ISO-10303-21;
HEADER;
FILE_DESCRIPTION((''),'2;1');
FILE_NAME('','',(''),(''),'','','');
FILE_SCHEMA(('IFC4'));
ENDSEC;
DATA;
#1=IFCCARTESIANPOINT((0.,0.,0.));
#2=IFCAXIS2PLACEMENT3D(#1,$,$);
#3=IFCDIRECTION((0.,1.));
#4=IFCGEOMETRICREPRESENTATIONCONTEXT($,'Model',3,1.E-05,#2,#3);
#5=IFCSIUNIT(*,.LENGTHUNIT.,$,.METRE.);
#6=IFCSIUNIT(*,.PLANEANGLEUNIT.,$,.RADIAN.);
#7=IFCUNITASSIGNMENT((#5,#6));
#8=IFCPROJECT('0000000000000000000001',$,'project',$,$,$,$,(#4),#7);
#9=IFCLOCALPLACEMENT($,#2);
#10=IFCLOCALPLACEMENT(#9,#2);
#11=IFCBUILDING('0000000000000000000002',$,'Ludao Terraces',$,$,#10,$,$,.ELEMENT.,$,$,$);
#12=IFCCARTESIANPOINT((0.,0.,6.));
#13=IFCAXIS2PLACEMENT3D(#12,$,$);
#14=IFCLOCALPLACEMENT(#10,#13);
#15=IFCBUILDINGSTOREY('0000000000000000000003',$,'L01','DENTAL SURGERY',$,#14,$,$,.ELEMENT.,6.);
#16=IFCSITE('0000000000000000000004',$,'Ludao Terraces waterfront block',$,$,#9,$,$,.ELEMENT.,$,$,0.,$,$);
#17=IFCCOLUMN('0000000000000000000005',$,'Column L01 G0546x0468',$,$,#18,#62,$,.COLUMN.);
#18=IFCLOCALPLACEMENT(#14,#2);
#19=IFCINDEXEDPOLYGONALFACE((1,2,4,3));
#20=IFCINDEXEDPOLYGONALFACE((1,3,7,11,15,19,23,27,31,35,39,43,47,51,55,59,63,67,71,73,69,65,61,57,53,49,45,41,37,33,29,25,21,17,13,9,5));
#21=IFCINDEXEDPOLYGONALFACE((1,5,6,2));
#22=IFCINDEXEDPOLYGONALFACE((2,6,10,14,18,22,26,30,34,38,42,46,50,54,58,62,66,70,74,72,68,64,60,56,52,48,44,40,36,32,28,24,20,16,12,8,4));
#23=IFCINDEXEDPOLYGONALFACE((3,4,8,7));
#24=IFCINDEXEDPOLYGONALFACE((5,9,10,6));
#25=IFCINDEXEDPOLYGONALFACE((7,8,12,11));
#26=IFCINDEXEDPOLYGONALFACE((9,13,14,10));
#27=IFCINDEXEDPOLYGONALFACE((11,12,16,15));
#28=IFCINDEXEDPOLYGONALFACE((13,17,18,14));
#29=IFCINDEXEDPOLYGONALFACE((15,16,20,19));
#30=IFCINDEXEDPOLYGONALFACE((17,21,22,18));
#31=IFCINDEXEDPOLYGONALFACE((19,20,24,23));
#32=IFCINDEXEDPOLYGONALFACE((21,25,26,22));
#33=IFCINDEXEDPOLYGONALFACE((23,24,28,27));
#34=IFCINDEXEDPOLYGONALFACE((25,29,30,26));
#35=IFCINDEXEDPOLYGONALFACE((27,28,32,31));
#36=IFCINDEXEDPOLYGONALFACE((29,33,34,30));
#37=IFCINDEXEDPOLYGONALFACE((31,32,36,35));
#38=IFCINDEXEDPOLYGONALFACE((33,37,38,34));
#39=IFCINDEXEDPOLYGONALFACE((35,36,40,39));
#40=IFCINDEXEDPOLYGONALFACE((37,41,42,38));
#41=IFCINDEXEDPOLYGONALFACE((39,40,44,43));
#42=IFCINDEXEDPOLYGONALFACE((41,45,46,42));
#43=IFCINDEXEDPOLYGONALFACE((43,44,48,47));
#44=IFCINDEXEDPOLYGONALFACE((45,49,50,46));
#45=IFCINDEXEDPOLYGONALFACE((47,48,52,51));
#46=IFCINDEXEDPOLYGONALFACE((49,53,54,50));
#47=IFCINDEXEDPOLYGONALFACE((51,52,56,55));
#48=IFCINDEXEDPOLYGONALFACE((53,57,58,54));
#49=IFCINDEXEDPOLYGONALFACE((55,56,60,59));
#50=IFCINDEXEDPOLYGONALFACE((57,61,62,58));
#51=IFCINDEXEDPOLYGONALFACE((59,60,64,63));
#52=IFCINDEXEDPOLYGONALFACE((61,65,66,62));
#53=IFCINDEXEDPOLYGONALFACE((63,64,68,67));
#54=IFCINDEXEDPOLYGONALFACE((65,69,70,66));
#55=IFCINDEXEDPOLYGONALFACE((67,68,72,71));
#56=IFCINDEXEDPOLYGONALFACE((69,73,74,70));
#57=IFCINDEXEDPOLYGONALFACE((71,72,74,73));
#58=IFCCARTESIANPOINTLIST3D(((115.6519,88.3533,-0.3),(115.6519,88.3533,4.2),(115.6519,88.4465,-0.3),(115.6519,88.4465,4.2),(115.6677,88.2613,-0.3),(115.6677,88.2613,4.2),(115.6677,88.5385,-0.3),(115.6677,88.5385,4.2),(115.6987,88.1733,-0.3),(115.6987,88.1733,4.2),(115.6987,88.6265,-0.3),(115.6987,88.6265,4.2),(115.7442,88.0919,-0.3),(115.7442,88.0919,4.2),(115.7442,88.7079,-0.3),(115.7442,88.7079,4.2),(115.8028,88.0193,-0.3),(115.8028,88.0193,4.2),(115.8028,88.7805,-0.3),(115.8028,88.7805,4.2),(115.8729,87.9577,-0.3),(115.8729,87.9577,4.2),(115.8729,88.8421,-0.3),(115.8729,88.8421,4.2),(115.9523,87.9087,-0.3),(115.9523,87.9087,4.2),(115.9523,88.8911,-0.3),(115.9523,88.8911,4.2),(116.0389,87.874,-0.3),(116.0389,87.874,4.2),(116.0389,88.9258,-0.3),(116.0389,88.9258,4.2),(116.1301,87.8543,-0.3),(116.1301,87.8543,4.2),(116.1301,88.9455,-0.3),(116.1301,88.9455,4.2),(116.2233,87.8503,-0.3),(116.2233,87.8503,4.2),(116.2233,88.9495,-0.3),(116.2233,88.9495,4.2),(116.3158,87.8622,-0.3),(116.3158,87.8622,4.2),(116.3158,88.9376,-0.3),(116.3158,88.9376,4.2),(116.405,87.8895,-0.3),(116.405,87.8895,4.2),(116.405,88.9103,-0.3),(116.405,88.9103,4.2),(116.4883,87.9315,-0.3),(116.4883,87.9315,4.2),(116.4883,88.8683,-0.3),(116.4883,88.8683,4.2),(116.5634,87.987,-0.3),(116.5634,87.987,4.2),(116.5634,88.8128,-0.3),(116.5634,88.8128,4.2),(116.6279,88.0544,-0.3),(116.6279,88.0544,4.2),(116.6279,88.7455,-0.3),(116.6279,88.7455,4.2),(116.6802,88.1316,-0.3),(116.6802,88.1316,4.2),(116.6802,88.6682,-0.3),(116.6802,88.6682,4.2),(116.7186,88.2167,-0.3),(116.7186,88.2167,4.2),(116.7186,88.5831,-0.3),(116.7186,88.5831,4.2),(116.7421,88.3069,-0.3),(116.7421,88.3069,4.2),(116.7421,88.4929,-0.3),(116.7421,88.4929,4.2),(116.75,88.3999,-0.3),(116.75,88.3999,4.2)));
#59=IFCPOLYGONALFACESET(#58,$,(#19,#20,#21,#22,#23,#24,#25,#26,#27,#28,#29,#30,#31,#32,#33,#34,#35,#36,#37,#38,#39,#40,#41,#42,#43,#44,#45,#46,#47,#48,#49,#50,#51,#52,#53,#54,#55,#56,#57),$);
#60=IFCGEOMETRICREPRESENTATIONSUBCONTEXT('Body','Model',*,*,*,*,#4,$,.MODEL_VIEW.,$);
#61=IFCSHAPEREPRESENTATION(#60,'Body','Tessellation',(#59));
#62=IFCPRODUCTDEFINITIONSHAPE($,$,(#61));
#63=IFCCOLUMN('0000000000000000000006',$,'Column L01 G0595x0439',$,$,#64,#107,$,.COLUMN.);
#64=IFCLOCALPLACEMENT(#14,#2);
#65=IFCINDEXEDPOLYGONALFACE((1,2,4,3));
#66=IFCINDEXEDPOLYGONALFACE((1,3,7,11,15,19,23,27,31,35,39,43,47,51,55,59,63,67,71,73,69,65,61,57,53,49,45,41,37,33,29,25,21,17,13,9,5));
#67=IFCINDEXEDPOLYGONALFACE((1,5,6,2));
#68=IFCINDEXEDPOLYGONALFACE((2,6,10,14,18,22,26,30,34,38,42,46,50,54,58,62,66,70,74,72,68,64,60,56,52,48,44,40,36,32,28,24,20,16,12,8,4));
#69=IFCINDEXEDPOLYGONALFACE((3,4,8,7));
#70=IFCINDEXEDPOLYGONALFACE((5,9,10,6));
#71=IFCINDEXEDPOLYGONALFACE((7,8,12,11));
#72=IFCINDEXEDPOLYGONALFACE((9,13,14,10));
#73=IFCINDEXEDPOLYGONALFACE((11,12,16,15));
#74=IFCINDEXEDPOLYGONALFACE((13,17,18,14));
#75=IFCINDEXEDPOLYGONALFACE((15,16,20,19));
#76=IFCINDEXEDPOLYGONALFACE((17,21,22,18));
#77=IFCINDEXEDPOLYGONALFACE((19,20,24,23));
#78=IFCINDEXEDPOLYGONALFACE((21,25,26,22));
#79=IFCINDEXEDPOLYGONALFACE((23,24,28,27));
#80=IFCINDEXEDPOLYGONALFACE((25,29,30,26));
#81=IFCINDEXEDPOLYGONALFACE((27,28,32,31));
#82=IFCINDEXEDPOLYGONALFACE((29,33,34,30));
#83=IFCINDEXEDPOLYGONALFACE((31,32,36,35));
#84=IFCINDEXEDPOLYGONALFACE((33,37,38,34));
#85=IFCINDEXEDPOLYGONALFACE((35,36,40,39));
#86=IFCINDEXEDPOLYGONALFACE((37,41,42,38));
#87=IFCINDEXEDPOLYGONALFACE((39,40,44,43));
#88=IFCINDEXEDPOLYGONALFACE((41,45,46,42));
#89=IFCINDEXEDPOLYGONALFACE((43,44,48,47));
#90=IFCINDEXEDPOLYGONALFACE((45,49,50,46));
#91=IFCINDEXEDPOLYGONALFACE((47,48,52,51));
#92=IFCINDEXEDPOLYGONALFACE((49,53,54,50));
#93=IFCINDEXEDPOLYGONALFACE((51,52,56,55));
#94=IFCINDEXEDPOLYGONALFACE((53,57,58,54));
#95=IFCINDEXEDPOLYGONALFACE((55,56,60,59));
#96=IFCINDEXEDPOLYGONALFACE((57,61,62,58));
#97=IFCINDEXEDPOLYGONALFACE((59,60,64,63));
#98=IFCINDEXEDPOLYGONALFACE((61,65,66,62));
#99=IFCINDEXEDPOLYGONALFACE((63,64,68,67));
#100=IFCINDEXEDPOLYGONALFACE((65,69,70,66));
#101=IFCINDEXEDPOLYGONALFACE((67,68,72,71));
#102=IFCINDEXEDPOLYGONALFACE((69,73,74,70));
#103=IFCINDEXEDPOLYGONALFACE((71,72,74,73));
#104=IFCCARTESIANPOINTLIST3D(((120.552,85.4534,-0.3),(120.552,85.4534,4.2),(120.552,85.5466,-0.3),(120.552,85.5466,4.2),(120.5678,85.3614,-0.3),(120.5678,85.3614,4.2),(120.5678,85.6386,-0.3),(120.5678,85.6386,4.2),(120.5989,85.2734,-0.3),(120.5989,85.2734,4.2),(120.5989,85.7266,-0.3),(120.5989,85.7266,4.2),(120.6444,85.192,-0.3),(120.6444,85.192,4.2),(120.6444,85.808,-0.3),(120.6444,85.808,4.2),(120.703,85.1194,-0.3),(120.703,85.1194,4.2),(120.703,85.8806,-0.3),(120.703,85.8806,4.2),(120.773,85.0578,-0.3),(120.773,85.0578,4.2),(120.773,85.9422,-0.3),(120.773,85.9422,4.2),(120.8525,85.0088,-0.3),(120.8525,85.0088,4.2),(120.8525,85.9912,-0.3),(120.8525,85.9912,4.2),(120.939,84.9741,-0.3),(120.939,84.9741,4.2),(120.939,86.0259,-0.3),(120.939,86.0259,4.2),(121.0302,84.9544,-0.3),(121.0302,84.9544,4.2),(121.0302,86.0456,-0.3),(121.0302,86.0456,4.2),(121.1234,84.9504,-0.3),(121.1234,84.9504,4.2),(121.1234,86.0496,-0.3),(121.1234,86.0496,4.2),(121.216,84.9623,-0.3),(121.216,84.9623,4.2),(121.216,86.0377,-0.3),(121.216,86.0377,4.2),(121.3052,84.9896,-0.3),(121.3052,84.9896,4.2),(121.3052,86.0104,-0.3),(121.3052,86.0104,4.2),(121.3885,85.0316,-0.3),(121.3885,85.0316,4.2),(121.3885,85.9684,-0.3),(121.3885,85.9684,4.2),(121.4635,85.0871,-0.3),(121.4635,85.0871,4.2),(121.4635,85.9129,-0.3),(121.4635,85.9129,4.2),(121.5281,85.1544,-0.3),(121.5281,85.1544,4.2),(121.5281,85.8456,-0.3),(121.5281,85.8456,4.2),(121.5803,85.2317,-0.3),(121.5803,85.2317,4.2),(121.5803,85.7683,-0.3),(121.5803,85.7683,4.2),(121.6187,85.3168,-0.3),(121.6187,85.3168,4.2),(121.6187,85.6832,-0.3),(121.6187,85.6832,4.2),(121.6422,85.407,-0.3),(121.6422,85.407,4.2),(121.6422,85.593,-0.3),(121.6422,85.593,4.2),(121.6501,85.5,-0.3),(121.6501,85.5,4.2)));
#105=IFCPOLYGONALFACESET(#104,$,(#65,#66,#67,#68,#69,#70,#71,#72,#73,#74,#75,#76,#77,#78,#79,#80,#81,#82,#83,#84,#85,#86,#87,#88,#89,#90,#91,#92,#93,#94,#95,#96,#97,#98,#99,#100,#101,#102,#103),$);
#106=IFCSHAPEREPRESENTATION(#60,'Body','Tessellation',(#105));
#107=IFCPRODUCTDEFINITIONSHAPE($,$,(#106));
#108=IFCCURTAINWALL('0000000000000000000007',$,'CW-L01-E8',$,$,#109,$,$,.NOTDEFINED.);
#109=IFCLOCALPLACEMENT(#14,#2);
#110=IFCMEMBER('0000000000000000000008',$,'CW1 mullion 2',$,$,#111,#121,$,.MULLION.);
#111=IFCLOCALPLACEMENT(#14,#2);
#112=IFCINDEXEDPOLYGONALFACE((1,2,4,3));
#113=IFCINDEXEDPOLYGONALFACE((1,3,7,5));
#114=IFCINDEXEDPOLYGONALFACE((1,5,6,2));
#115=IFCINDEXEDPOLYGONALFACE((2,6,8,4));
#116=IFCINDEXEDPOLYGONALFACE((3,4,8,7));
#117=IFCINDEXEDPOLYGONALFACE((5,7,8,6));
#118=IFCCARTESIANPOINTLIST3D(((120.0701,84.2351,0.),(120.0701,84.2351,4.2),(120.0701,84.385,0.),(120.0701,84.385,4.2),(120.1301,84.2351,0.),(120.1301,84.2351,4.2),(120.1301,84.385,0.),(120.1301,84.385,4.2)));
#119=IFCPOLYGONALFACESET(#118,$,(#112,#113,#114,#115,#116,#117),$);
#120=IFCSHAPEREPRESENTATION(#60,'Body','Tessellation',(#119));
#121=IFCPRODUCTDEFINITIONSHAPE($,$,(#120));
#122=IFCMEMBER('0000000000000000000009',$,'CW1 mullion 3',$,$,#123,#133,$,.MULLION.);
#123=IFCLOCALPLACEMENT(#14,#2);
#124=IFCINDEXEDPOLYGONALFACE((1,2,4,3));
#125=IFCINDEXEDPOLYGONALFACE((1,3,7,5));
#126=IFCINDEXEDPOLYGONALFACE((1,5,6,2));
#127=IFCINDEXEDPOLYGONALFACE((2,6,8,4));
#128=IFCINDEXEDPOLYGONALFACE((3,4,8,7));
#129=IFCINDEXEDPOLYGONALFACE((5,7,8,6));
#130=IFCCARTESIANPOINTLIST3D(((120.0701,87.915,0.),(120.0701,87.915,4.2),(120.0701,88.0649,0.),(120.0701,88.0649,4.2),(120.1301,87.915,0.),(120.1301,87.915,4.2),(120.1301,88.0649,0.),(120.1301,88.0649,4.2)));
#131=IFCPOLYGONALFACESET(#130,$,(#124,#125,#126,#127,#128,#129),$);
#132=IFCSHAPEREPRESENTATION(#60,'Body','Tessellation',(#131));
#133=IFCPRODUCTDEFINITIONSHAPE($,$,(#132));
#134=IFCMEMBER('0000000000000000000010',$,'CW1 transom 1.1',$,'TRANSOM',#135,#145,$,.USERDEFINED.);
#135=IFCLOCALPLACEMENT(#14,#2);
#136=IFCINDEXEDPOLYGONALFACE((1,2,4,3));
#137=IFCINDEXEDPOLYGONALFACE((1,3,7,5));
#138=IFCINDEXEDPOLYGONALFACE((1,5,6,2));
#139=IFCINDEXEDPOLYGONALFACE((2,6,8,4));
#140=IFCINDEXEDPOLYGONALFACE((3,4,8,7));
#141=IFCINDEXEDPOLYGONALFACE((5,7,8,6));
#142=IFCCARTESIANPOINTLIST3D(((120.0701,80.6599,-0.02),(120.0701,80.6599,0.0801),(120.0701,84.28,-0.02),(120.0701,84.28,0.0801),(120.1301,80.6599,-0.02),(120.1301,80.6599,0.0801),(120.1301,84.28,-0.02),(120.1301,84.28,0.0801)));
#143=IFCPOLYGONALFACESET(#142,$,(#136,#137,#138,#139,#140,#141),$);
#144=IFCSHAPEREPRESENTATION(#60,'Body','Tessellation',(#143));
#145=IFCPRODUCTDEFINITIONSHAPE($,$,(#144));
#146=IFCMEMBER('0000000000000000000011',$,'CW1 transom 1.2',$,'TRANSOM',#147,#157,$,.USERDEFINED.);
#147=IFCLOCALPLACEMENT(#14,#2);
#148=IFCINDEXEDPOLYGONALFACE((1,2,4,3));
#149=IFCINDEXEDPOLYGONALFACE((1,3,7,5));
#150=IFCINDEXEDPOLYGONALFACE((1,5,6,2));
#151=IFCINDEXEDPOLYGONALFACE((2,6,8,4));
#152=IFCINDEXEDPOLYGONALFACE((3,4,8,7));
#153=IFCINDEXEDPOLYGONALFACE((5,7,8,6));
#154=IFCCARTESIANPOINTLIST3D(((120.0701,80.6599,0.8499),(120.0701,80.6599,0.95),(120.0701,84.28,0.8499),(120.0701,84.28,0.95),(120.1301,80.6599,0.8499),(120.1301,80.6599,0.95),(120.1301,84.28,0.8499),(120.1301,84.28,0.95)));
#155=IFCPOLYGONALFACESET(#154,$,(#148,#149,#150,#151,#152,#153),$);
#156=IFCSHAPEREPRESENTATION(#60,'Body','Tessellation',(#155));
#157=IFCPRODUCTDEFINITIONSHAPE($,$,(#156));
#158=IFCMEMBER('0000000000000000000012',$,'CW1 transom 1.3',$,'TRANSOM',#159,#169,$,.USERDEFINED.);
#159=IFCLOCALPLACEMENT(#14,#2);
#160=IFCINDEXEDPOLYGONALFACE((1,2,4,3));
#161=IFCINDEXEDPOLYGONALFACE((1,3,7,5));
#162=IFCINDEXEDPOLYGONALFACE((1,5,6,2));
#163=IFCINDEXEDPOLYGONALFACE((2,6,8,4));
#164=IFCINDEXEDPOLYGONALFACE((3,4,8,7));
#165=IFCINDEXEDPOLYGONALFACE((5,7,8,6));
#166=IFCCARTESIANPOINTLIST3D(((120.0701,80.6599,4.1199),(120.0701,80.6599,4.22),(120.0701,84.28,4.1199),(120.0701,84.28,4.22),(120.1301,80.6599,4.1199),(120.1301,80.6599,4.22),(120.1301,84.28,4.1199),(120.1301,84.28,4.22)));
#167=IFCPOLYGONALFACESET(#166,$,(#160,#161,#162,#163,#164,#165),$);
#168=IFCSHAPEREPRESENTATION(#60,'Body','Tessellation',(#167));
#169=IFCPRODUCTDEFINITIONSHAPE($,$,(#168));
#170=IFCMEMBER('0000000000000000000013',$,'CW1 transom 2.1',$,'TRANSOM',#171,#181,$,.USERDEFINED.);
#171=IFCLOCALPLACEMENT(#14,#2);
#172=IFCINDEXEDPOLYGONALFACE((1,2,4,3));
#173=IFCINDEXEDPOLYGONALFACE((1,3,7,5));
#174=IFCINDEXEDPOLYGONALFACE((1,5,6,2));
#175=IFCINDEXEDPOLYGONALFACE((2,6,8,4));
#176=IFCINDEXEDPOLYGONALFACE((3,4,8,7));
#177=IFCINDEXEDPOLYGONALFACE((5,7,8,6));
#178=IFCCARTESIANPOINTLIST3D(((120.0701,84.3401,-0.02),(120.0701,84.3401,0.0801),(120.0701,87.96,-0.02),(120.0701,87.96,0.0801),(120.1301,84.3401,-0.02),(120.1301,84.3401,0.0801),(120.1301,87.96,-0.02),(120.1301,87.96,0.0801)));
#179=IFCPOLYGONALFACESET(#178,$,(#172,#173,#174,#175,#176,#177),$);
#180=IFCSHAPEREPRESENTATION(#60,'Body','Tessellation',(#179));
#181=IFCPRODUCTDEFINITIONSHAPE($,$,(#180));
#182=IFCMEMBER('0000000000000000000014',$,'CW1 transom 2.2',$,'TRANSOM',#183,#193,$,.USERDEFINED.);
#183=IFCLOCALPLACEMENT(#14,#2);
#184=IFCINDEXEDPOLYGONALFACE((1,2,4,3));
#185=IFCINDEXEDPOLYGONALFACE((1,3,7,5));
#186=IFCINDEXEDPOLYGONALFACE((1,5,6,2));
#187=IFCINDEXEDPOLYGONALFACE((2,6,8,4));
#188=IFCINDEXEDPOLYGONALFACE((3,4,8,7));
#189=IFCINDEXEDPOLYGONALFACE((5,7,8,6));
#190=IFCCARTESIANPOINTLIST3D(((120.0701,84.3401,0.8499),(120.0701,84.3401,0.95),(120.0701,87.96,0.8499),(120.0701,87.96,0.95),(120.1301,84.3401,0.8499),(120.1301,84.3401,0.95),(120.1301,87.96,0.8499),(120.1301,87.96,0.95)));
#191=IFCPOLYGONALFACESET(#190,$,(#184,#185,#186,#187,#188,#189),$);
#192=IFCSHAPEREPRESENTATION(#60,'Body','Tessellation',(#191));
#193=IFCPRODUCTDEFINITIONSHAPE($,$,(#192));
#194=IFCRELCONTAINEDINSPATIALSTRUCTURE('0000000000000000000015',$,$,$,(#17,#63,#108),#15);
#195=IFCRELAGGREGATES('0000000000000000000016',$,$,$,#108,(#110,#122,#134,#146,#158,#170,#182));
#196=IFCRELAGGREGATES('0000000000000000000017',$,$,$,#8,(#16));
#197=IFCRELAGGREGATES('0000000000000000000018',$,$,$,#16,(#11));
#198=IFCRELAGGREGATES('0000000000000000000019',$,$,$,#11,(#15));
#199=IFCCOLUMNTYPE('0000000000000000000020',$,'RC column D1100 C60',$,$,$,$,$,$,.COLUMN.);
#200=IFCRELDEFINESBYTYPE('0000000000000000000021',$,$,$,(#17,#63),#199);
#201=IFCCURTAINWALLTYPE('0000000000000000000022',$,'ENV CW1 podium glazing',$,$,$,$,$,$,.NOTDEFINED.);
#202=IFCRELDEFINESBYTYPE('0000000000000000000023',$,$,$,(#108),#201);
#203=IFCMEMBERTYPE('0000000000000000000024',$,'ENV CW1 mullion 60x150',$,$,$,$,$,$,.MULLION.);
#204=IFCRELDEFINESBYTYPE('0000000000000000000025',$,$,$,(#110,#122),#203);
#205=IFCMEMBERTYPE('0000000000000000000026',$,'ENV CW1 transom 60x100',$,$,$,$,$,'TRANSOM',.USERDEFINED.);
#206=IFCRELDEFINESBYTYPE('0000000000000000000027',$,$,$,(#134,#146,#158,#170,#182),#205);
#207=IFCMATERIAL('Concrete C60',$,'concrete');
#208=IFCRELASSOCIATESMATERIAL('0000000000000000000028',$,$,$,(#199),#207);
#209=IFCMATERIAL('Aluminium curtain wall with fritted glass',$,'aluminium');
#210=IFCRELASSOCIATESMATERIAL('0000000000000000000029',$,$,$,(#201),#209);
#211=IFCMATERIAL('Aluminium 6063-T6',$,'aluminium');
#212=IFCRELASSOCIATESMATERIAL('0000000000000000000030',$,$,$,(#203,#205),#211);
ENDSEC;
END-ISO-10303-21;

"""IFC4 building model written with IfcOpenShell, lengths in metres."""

from ifc_helpers import new_model, si_unit, direction, frame, origin, origin_2d, place, context, subcontext, project, spatial, rectangle, circle, extrude, material, material_profile, profile_set, type_object, element, aggregate, save


model = new_model("IFC4")

# Units and contexts
model_context = context("Model", 3, precision=1e-05, world=origin(), true_north=direction((0.0, 1.0)))
body_context = subcontext(model_context, "Body", "Model", "MODEL_VIEW")
ifc_project = project(units=[si_unit("LENGTHUNIT", "METRE"), si_unit("PLANEANGLEUNIT", "RADIAN")], contexts=[model_context])

# Site, building, storey
site_placement = place(None, origin())
site = spatial("IfcSite", under=ifc_project, at=site_placement, Name="Ludao Terraces waterfront block", CompositionType="ELEMENT", RefElevation=0.0)
building_placement = place(site_placement, origin())
building = spatial("IfcBuilding", under=site, at=building_placement, Name="Ludao Terraces", CompositionType="ELEMENT")
storey_placement = place(building_placement, frame((0.0, 0.0, 6.0)))
storey = spatial("IfcBuildingStorey", under=building, at=storey_placement, Name="L01", Description="DENTAL SURGERY", CompositionType="ELEMENT", Elevation=6.0)

# Columns
ifc_material_1 = material(Name="Concrete C60", Category="concrete")
ifc_material_profile_1 = material_profile(ifc_material_1, circle(Radius=0.55, at=origin_2d()), Name="D1100")
ifc_profile_set_1 = profile_set([ifc_material_profile_1], Name="Concrete C60")
column_type = type_object("IfcColumnType", Name="RC column D1100 C60", PredefinedType="COLUMN", material=ifc_profile_set_1)
for number, where, z_axis, x_axis, name in (
    (1, (116.2, 88.3999, -0.3), (0.0, 0.0, 1.0), (1.0, 0.0, 0.0), "Column L01 G0546x0468"),
    (2, (121.1001, 85.5, -0.3), (0.0, 0.0, 1.0), (1.0, 0.0, 0.0), "Column L01 G0595x0439"),
):
    element("IfcColumn", number, at=place(storey_placement, frame(where, z_axis=z_axis, x_axis=x_axis)), inside=storey, type_object=column_type, Name=name, PredefinedType="COLUMN", context=body_context, shape_type="SweptSolid", body=[
        extrude(circle(Radius=0.55, at=origin_2d()), origin(), (0.0, 0.0, 1.0), 4.5),
    ])

# Curtain wall, members
ifc_material_2 = material(Name="Aluminium curtain wall with fritted glass", Category="aluminium")
curtain_wall_type = type_object("IfcCurtainWallType", Name="ENV CW1 podium glazing", PredefinedType="NOTDEFINED", material=ifc_material_2)
curtain_wall_placement = place(storey_placement, origin())
curtain_wall = element("IfcCurtainWall", 3, at=curtain_wall_placement, inside=storey, type_object=curtain_wall_type, Name="CW-L01-E8", PredefinedType="NOTDEFINED")
ifc_material_3 = material(Name="Aluminium 6063-T6", Category="aluminium")
ifc_material_profile_2 = material_profile(ifc_material_3, rectangle(XDim=0.0601, YDim=0.1499, at=origin_2d()), Name="60 X 150")
ifc_profile_set_2 = profile_set([ifc_material_profile_2], Name="Aluminium 6063-T6")
member_type_1 = type_object("IfcMemberType", Name="ENV CW1 mullion 60x150", PredefinedType="MULLION", material=ifc_profile_set_2)
member_1_placement = place(storey_placement, frame((120.1001, 84.3101, 0.0), z_axis=(0.0, 0.0, 1.0), x_axis=(-1.0, 0.0, 0.0)))
member_1 = element("IfcMember", 4, at=member_1_placement, type_object=member_type_1, Name="CW1 mullion 2", PredefinedType="MULLION", context=body_context, shape_type="SweptSolid", body=[
    extrude(rectangle(XDim=0.0601, YDim=0.1499, at=origin_2d()), origin(), (0.0, 0.0, 1.0), 4.2),
])
member_2_placement = place(storey_placement, frame((120.1001, 87.99, 0.0), z_axis=(0.0, 0.0, 1.0), x_axis=(-1.0, 0.0, 0.0)))
member_2 = element("IfcMember", 5, at=member_2_placement, type_object=member_type_1, Name="CW1 mullion 3", PredefinedType="MULLION", context=body_context, shape_type="SweptSolid", body=[
    extrude(rectangle(XDim=0.0601, YDim=0.1499, at=origin_2d()), origin(), (0.0, 0.0, 1.0), 4.2),
])
ifc_material_profile_3 = material_profile(ifc_material_3, rectangle(XDim=0.0601, YDim=0.1001, at=origin_2d()), Name="60 X 100")
ifc_profile_set_3 = profile_set([ifc_material_profile_3], Name="Aluminium 6063-T6")
member_type_2 = type_object("IfcMemberType", Name="ENV CW1 transom 60x100", ElementType="TRANSOM", PredefinedType="USERDEFINED", material=ifc_profile_set_3)
member_3_placement = place(storey_placement, frame((120.1001, 80.6599, 0.03), z_axis=(0.0, 1.0, 0.0), x_axis=(-1.0, 0.0, 0.0)))
member_3 = element("IfcMember", 6, at=member_3_placement, type_object=member_type_2, Name="CW1 transom 1.1", ObjectType="TRANSOM", PredefinedType="USERDEFINED", context=body_context, shape_type="SweptSolid", body=[
    extrude(rectangle(XDim=0.0601, YDim=0.1001, at=origin_2d()), origin(), (0.0, 0.0, 1.0), 3.6201),
])
member_4_placement = place(storey_placement, frame((120.1001, 80.6599, 0.8999), z_axis=(0.0, 1.0, 0.0), x_axis=(-1.0, 0.0, 0.0)))
member_4 = element("IfcMember", 7, at=member_4_placement, type_object=member_type_2, Name="CW1 transom 1.2", ObjectType="TRANSOM", PredefinedType="USERDEFINED", context=body_context, shape_type="SweptSolid", body=[
    extrude(rectangle(XDim=0.0601, YDim=0.1001, at=origin_2d()), origin(), (0.0, 0.0, 1.0), 3.6201),
])
member_5_placement = place(storey_placement, frame((120.1001, 80.6599, 4.1699), z_axis=(0.0, 1.0, 0.0), x_axis=(-1.0, 0.0, 0.0)))
member_5 = element("IfcMember", 8, at=member_5_placement, type_object=member_type_2, Name="CW1 transom 1.3", ObjectType="TRANSOM", PredefinedType="USERDEFINED", context=body_context, shape_type="SweptSolid", body=[
    extrude(rectangle(XDim=0.0601, YDim=0.1001, at=origin_2d()), origin(), (0.0, 0.0, 1.0), 3.6201),
])
member_6_placement = place(storey_placement, frame((120.1001, 84.3401, 0.03), z_axis=(0.0, 1.0, 0.0), x_axis=(-1.0, 0.0, 0.0)))
member_6 = element("IfcMember", 9, at=member_6_placement, type_object=member_type_2, Name="CW1 transom 2.1", ObjectType="TRANSOM", PredefinedType="USERDEFINED", context=body_context, shape_type="SweptSolid", body=[
    extrude(rectangle(XDim=0.0601, YDim=0.1001, at=origin_2d()), origin(), (0.0, 0.0, 1.0), 3.6199),
])
member_7_placement = place(storey_placement, frame((120.1001, 84.3401, 0.8999), z_axis=(0.0, 1.0, 0.0), x_axis=(-1.0, 0.0, 0.0)))
member_7 = element("IfcMember", 10, at=member_7_placement, type_object=member_type_2, Name="CW1 transom 2.2", ObjectType="TRANSOM", PredefinedType="USERDEFINED", context=body_context, shape_type="SweptSolid", body=[
    extrude(rectangle(XDim=0.0601, YDim=0.1001, at=origin_2d()), origin(), (0.0, 0.0, 1.0), 3.6199),
])
aggregate(curtain_wall, [member_1, member_2, member_3, member_4, member_5, member_6, member_7])

save(model, "model.ifc")
